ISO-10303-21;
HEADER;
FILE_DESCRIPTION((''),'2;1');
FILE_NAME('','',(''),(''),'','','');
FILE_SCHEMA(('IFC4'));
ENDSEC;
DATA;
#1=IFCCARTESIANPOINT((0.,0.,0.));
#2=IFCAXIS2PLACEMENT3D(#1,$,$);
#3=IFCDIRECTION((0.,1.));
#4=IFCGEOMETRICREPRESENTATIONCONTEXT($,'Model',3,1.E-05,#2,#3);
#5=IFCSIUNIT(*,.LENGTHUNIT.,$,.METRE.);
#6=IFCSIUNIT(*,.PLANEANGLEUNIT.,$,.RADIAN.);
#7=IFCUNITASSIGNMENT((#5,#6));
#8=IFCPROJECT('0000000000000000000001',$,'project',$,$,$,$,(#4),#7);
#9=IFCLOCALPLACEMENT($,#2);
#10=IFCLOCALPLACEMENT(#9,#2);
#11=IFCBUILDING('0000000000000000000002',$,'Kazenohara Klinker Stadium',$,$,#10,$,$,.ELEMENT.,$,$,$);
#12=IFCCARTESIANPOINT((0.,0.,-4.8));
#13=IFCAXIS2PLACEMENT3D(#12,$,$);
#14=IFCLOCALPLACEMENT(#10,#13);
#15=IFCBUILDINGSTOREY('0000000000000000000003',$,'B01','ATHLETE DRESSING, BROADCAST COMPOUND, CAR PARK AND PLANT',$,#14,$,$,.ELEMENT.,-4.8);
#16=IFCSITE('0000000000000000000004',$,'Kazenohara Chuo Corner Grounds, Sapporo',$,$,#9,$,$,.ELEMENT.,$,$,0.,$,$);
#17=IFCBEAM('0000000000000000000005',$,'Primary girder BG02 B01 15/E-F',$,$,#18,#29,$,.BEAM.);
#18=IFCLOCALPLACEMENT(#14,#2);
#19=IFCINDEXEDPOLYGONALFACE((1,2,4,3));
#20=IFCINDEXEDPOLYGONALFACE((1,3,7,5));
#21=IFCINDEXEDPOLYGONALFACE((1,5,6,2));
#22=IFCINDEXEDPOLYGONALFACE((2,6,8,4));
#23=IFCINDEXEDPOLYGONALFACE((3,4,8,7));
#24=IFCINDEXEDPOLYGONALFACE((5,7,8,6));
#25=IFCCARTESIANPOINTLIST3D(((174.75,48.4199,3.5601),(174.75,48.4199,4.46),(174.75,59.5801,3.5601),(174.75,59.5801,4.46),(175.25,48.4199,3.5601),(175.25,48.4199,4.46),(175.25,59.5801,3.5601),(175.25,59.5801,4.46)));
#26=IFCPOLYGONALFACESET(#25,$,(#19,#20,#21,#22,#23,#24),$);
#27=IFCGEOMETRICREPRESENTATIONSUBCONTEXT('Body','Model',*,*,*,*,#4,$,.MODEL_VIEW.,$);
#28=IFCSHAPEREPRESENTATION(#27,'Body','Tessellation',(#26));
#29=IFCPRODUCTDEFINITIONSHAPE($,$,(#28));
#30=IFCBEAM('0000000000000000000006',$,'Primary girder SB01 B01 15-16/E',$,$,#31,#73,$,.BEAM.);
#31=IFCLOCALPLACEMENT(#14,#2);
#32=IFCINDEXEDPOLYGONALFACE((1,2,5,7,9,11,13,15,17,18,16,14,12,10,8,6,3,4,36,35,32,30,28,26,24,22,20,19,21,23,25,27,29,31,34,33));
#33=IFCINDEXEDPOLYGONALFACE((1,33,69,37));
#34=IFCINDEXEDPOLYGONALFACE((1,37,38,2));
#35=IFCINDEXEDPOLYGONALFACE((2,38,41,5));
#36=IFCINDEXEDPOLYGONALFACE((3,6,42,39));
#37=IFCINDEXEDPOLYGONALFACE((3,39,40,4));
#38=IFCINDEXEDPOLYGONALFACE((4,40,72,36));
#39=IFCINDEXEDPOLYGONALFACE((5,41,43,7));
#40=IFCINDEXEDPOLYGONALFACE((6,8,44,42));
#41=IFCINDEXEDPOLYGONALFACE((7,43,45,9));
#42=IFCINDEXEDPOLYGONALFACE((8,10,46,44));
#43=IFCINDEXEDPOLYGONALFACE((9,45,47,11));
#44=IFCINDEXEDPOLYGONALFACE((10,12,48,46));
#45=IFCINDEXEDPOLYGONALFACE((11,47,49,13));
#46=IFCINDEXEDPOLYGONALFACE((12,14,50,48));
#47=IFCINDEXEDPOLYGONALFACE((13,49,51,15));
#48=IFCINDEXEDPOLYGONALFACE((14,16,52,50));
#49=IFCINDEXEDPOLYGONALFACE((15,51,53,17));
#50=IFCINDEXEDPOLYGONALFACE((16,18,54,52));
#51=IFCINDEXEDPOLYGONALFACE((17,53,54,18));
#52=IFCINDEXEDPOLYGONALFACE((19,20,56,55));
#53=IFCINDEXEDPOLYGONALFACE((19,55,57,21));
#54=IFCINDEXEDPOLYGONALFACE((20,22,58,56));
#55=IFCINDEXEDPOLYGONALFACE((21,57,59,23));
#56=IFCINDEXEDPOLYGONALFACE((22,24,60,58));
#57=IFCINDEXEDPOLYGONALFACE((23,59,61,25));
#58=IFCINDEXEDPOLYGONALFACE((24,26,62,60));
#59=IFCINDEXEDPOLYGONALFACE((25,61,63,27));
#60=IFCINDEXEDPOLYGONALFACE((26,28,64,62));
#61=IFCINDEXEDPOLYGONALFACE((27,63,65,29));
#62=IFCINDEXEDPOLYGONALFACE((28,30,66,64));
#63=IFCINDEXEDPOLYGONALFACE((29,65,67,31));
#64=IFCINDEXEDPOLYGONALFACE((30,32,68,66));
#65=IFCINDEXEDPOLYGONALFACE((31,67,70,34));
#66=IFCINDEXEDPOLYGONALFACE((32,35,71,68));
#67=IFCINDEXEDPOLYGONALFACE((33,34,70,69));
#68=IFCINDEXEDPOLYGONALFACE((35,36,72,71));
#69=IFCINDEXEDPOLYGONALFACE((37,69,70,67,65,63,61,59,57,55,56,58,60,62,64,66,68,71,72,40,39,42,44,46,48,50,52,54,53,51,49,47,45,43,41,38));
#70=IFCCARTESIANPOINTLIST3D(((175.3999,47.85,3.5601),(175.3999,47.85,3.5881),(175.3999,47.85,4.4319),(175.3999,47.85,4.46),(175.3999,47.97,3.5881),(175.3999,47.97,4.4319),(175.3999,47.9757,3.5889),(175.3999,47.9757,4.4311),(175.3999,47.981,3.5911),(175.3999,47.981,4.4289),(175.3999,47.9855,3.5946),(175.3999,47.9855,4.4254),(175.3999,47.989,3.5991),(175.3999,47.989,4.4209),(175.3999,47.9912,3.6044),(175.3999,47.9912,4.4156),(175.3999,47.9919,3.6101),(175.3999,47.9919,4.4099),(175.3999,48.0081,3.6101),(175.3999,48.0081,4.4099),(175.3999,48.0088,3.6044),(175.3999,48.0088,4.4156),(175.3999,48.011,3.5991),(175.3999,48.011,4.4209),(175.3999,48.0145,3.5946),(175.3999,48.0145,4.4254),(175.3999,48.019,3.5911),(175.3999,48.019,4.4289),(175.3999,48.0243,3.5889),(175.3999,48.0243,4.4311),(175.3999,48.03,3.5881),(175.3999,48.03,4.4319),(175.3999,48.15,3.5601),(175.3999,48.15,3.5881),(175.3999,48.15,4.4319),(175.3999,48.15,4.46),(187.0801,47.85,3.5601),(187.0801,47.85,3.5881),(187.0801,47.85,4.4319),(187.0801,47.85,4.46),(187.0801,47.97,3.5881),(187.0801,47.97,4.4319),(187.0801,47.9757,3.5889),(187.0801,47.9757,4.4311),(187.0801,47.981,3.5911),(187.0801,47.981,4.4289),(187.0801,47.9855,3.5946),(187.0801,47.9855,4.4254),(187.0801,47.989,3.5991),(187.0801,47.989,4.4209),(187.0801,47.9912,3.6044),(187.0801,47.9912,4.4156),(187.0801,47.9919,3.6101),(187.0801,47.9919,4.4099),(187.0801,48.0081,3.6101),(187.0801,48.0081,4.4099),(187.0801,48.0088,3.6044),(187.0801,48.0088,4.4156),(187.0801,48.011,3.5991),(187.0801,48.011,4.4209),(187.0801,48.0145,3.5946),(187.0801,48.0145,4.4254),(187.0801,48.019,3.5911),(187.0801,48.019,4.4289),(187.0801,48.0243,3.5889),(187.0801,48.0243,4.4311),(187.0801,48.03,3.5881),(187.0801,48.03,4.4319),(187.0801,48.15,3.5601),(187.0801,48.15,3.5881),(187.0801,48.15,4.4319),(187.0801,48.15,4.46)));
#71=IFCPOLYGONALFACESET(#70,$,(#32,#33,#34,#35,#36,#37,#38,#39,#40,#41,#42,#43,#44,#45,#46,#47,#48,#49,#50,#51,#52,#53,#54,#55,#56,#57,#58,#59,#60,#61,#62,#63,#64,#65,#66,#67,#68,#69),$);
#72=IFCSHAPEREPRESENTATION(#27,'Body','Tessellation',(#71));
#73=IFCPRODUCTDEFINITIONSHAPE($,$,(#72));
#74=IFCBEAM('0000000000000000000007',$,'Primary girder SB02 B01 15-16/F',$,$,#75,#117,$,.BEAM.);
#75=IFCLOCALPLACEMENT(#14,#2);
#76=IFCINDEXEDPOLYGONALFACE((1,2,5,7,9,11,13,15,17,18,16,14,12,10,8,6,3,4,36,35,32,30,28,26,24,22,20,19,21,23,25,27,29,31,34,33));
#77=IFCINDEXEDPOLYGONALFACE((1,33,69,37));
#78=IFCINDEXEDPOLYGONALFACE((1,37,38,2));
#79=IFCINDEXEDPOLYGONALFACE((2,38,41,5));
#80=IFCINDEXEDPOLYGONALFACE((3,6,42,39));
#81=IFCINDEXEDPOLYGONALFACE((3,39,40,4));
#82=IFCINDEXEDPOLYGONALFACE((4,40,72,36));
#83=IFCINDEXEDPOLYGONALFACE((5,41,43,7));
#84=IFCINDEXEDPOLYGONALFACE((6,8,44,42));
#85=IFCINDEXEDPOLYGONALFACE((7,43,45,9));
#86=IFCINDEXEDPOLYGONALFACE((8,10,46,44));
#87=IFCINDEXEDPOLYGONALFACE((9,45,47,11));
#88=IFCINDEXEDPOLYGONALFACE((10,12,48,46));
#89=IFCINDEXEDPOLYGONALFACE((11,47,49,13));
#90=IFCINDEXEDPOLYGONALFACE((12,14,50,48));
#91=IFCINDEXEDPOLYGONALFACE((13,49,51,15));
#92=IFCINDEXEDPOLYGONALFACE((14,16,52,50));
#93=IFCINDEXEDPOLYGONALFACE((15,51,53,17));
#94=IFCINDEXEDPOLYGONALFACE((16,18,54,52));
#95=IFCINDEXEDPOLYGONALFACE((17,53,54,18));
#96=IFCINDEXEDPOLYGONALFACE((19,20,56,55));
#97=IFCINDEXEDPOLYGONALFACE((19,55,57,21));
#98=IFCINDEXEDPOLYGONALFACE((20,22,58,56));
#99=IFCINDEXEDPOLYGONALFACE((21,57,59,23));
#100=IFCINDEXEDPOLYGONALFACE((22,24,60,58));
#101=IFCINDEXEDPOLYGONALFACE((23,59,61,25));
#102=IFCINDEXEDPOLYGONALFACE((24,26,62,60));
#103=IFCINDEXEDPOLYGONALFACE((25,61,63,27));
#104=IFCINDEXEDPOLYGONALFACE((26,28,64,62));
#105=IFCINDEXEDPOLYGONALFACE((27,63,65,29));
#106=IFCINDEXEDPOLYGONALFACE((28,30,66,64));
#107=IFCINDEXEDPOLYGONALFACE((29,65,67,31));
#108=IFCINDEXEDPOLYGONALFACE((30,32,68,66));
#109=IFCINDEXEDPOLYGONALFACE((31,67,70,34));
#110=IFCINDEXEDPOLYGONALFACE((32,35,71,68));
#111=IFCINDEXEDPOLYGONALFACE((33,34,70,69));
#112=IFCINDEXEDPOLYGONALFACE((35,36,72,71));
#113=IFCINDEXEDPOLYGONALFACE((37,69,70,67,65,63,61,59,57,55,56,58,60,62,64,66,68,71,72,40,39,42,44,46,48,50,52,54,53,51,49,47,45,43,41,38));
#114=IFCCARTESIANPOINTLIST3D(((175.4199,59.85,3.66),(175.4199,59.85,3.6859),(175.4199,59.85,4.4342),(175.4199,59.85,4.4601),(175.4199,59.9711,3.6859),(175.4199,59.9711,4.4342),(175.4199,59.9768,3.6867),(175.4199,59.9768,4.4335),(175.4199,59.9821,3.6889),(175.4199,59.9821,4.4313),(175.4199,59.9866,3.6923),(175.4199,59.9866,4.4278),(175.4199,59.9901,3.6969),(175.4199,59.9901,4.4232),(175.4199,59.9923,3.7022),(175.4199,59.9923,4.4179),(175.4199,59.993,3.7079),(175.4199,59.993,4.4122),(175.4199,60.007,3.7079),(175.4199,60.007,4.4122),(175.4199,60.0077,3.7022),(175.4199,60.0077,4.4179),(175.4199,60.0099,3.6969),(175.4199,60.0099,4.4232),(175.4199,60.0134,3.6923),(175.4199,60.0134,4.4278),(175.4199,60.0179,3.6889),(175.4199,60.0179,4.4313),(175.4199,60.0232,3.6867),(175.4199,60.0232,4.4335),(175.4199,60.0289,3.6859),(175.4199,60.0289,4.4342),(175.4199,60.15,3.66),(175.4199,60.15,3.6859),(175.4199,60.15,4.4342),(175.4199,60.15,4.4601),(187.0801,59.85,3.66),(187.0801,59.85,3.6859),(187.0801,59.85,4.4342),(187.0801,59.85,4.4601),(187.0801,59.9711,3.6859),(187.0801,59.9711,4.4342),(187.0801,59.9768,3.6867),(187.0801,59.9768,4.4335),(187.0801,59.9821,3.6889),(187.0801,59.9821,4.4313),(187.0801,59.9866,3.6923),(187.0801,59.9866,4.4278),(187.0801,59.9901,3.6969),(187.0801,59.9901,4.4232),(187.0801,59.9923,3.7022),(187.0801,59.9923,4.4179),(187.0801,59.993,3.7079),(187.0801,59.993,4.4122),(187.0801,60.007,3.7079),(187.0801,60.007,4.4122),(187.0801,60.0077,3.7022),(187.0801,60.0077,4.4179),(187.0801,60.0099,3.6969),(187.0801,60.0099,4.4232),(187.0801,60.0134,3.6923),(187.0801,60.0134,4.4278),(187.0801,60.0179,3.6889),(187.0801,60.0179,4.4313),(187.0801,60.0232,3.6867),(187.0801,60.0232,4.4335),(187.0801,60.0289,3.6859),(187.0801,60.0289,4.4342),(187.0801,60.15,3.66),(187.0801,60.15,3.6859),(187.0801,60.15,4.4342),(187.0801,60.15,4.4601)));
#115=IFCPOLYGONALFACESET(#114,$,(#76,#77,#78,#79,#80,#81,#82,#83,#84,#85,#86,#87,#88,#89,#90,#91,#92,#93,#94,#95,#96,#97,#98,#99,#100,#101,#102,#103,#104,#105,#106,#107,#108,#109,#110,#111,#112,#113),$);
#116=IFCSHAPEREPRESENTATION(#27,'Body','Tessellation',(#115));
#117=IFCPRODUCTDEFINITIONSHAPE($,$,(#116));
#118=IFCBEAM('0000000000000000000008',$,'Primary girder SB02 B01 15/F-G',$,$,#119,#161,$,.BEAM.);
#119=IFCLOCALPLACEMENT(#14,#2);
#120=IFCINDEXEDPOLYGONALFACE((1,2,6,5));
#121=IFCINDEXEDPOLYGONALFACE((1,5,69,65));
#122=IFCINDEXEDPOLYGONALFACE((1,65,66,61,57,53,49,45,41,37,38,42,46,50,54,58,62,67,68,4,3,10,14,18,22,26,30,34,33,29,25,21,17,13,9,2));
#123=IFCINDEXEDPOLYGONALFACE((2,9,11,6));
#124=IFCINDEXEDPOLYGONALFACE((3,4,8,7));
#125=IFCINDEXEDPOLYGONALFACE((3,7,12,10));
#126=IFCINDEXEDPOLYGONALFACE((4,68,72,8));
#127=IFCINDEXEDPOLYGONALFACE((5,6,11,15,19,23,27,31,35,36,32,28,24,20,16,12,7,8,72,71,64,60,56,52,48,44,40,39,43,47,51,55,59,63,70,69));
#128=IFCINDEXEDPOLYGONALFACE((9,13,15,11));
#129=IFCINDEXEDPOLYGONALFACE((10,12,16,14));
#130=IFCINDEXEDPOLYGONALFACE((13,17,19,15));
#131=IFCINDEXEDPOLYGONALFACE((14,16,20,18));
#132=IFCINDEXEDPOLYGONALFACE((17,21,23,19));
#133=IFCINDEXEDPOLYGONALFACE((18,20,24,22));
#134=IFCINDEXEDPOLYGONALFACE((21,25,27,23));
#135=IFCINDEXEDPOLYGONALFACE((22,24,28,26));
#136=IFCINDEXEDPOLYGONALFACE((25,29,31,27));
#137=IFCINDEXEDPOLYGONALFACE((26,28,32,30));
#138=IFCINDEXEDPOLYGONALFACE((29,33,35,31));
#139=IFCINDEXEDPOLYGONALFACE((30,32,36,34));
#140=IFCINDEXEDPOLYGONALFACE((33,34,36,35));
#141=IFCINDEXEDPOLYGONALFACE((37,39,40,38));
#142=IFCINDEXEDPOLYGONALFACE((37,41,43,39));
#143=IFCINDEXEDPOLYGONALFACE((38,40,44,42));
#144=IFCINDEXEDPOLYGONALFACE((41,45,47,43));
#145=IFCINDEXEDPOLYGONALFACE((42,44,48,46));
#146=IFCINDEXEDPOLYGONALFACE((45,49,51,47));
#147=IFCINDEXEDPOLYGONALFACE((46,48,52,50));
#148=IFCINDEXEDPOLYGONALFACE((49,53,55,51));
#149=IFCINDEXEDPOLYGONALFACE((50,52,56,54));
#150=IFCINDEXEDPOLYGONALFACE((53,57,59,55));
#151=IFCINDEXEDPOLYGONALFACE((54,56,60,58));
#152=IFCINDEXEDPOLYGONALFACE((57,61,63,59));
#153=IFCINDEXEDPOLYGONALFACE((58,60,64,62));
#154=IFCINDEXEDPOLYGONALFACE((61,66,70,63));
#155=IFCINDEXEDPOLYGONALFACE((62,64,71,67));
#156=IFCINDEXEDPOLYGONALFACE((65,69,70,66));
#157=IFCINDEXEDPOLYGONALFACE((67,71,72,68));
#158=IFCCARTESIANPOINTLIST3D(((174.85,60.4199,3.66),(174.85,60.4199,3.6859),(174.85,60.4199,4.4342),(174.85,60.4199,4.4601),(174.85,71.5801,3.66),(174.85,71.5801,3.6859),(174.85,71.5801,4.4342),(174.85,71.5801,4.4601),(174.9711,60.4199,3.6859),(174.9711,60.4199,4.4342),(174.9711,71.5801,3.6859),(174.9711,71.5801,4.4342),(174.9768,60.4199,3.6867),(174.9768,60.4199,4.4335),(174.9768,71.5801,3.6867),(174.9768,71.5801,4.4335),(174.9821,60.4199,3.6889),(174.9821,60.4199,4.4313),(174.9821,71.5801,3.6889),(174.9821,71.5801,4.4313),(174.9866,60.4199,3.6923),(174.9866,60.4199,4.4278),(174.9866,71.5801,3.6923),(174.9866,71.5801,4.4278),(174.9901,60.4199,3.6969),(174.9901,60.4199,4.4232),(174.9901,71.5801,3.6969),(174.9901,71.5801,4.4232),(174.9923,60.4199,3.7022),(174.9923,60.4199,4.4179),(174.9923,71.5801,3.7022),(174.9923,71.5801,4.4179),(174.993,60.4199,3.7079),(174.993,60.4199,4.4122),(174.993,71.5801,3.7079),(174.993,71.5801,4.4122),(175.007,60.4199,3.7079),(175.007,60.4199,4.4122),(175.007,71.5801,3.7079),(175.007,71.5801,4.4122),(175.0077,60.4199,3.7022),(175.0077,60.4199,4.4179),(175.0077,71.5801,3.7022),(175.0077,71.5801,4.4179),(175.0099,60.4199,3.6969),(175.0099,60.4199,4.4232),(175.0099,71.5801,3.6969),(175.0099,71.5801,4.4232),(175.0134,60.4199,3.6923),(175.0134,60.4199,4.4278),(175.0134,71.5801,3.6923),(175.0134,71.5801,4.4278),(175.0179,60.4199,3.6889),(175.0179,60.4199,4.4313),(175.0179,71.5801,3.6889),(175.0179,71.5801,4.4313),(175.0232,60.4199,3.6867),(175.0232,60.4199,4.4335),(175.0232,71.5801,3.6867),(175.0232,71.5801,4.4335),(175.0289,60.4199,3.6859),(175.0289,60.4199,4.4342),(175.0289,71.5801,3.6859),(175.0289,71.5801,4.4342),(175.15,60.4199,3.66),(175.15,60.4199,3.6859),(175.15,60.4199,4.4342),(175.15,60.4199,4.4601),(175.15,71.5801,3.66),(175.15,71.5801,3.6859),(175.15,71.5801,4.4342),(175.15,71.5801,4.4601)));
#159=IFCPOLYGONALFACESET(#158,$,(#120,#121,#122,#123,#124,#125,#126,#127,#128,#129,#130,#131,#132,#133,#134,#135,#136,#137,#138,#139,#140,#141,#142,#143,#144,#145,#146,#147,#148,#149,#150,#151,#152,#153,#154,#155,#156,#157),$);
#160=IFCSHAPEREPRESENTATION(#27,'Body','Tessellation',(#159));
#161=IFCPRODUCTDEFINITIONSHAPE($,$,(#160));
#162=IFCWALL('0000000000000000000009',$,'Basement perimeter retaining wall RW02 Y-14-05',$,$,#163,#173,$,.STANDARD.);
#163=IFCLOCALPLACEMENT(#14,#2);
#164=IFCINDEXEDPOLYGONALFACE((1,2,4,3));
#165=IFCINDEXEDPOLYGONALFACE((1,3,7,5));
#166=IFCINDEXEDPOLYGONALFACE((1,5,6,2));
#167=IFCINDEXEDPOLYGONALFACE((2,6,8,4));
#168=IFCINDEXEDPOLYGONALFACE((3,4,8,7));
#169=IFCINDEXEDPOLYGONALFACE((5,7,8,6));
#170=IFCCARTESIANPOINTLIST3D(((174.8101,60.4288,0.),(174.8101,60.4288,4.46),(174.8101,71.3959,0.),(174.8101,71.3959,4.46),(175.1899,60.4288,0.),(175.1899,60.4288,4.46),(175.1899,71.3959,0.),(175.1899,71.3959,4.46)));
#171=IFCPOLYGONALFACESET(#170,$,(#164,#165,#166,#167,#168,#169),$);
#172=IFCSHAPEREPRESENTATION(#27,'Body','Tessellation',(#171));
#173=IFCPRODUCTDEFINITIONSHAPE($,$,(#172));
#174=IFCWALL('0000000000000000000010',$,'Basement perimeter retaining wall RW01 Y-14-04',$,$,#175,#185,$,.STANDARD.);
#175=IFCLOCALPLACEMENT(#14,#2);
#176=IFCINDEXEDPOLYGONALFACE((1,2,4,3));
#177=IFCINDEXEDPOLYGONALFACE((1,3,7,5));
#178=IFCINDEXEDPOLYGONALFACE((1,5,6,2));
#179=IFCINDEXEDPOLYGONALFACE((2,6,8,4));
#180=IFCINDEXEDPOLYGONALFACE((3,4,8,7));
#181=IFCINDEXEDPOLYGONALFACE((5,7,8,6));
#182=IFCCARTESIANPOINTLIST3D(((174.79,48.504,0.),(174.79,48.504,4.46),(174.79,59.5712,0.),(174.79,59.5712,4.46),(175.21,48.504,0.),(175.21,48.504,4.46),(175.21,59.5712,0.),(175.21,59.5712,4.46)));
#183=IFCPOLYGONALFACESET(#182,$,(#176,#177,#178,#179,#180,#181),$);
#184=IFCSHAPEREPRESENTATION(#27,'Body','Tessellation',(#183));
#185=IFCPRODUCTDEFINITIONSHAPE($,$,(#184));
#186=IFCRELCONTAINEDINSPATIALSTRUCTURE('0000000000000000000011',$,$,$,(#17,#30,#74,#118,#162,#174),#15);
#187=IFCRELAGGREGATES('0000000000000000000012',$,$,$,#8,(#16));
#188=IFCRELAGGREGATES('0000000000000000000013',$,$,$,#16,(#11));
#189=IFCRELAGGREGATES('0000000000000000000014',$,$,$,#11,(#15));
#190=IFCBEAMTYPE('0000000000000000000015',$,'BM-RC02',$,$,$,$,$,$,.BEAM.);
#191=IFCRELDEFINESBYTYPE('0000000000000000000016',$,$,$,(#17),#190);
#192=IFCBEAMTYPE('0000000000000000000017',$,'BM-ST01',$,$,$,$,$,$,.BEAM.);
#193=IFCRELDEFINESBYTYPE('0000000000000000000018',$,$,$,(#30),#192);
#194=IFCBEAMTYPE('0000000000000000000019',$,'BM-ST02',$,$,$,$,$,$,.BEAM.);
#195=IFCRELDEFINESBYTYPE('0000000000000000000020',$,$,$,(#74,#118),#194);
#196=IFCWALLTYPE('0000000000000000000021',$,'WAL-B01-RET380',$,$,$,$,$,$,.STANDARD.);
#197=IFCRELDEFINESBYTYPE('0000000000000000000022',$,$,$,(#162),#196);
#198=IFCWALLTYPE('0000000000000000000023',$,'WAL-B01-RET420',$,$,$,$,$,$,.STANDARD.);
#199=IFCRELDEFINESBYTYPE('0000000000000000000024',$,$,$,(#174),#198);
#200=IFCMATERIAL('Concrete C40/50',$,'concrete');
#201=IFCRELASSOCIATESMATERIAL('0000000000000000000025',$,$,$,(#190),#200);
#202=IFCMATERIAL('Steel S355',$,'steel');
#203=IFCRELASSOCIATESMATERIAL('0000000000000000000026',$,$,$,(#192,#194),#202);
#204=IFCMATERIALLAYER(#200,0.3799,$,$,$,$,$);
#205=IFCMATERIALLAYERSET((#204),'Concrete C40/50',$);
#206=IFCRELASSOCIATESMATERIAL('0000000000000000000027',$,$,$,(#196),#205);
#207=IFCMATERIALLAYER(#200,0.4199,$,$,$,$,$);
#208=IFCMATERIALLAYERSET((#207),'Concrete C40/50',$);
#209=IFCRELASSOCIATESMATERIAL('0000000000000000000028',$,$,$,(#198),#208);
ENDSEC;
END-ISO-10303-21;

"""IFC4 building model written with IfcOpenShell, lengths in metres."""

from ifc_helpers import new_model, si_unit, direction, frame, frame_2d, origin, origin_2d, place, context, subcontext, project, spatial, rectangle, i_section, extrude, material, layer, layer_set, material_profile, profile_set, type_object, element, save


model = new_model("IFC4")

# Units and contexts
model_context = context("Model", 3, precision=1e-05, world=origin(), true_north=direction((0.0, 1.0)))
body_context = subcontext(model_context, "Body", "Model", "MODEL_VIEW")
ifc_project = project(units=[si_unit("LENGTHUNIT", "METRE"), si_unit("PLANEANGLEUNIT", "RADIAN")], contexts=[model_context])

# Site, building, storey
site_placement = place(None, origin())
site = spatial("IfcSite", under=ifc_project, at=site_placement, Name="Kazenohara Chuo Corner Grounds, Sapporo", CompositionType="ELEMENT", RefElevation=0.0)
building_placement = place(site_placement, origin())
building = spatial("IfcBuilding", under=site, at=building_placement, Name="Kazenohara Klinker Stadium", CompositionType="ELEMENT")
storey_placement = place(building_placement, frame((0.0, 0.0, -4.8)))
storey = spatial("IfcBuildingStorey", under=building, at=storey_placement, Name="B01", Description="ATHLETE DRESSING, BROADCAST COMPOUND, CAR PARK AND PLANT", CompositionType="ELEMENT", Elevation=-4.8)

# Shared definitions
ifc_material_1 = material(Name="Concrete C40/50", Category="concrete")

# Beams
ifc_material_profile_1 = material_profile(ifc_material_1, rectangle(XDim=0.5, YDim=0.8999, at=origin_2d()), Name="RC-BM-500x900")
ifc_profile_set_1 = profile_set([ifc_material_profile_1], Name="Concrete C40/50")
beam_type_1 = type_object("IfcBeamType", Name="BM-RC02", PredefinedType="BEAM", material=ifc_profile_set_1)
beam_1_placement = place(storey_placement, frame((175.0, 48.4199, 4.01), z_axis=(0.0, 1.0, 0.0), x_axis=(-1.0, 0.0, 0.0)))
element("IfcBeam", 1, at=beam_1_placement, inside=storey, type_object=beam_type_1, Name="Primary girder BG02 B01 15/E-F", PredefinedType="BEAM", context=body_context, shape_type="SweptSolid", body=[
    extrude(rectangle(XDim=0.5, YDim=0.8999, at=origin_2d()), origin(), (0.0, 0.0, 1.0), 11.1602),
])
ifc_material_2 = material(Name="Steel S355", Category="steel")
ifc_material_profile_2 = material_profile(ifc_material_2, i_section(OverallWidth=0.3, OverallDepth=0.8999, WebThickness=0.0161, FlangeThickness=0.0281, FilletRadius=0.022, at=origin_2d()), Name="H-900x300x16x28")
ifc_profile_set_2 = profile_set([ifc_material_profile_2], Name="Steel S355")
beam_type_2 = type_object("IfcBeamType", Name="BM-ST01", PredefinedType="BEAM", material=ifc_profile_set_2)
beam_2_placement = place(storey_placement, frame((175.3999, 48.0, 4.01), z_axis=(1.0, 0.0, 0.0), x_axis=(0.0, 1.0, 0.0)))
element("IfcBeam", 2, at=beam_2_placement, inside=storey, type_object=beam_type_2, Name="Primary girder SB01 B01 15-16/E", PredefinedType="BEAM", context=body_context, shape_type="SweptSolid", body=[
    extrude(i_section(OverallWidth=0.3, OverallDepth=0.8999, WebThickness=0.0161, FlangeThickness=0.0281, FilletRadius=0.022, at=origin_2d()), origin(), (0.0, 0.0, 1.0), 11.6802),
])
ifc_material_profile_3 = material_profile(ifc_material_2, i_section(OverallWidth=0.3, OverallDepth=0.8, WebThickness=0.0139, FlangeThickness=0.0259, FilletRadius=0.022, at=origin_2d()), Name="H-800x300x14x26")
ifc_profile_set_3 = profile_set([ifc_material_profile_3], Name="Steel S355")
beam_type_3 = type_object("IfcBeamType", Name="BM-ST02", PredefinedType="BEAM", material=ifc_profile_set_3)
beam_3_placement = place(storey_placement, frame((175.4199, 60.0, 4.0601), z_axis=(1.0, 0.0, 0.0), x_axis=(0.0, 1.0, 0.0)))
element("IfcBeam", 3, at=beam_3_placement, inside=storey, type_object=beam_type_3, Name="Primary girder SB02 B01 15-16/F", PredefinedType="BEAM", context=body_context, shape_type="SweptSolid", body=[
    extrude(i_section(OverallWidth=0.3, OverallDepth=0.8, WebThickness=0.0139, FlangeThickness=0.0259, FilletRadius=0.022, at=origin_2d()), origin(), (0.0, 0.0, 1.0), 11.6602),
])
beam_4_placement = place(storey_placement, frame((175.0, 60.4199, 4.0601), z_axis=(0.0, 1.0, 0.0), x_axis=(-1.0, 0.0, 0.0)))
element("IfcBeam", 4, at=beam_4_placement, inside=storey, type_object=beam_type_3, Name="Primary girder SB02 B01 15/F-G", PredefinedType="BEAM", context=body_context, shape_type="SweptSolid", body=[
    extrude(i_section(OverallWidth=0.3, OverallDepth=0.8, WebThickness=0.0139, FlangeThickness=0.0259, FilletRadius=0.022, at=origin_2d()), origin(), (0.0, 0.0, 1.0), 11.1602),
])

# Walls
ifc_layer_1 = layer(ifc_material_1, 0.3799)
ifc_layer_set_1 = layer_set([ifc_layer_1], Name="Concrete C40/50")
wall_type_1 = type_object("IfcWallType", Name="WAL-B01-RET380", PredefinedType="STANDARD", material=ifc_layer_set_1)
wall_1_placement = place(storey_placement, frame((175.0, 60.429, 0.0), z_axis=(0.0, 0.0, 1.0), x_axis=(0.0, 1.0, 0.0)))
element("IfcWall", 5, at=wall_1_placement, inside=storey, type_object=wall_type_1, Name="Basement perimeter retaining wall RW02 Y-14-05", PredefinedType="STANDARD", context=body_context, shape_type="SweptSolid", body=[
    extrude(rectangle(XDim=10.967, YDim=0.3799, at=frame_2d((5.4834, 0.0))), origin(), (0.0, 0.0, 1.0), 4.46),
])
ifc_layer_2 = layer(ifc_material_1, 0.4199)
ifc_layer_set_2 = layer_set([ifc_layer_2], Name="Concrete C40/50")
wall_type_2 = type_object("IfcWallType", Name="WAL-B01-RET420", PredefinedType="STANDARD", material=ifc_layer_set_2)
wall_2_placement = place(storey_placement, frame((175.0, 48.5039, 0.0), z_axis=(0.0, 0.0, 1.0), x_axis=(0.0, 1.0, 0.0)))
element("IfcWall", 6, at=wall_2_placement, inside=storey, type_object=wall_type_2, Name="Basement perimeter retaining wall RW01 Y-14-04", PredefinedType="STANDARD", context=body_context, shape_type="SweptSolid", body=[
    extrude(rectangle(XDim=11.0671, YDim=0.4199, at=frame_2d((5.5337, 0.0))), origin(), (0.0, 0.0, 1.0), 4.46),
])

save(model, "model.ifc")
